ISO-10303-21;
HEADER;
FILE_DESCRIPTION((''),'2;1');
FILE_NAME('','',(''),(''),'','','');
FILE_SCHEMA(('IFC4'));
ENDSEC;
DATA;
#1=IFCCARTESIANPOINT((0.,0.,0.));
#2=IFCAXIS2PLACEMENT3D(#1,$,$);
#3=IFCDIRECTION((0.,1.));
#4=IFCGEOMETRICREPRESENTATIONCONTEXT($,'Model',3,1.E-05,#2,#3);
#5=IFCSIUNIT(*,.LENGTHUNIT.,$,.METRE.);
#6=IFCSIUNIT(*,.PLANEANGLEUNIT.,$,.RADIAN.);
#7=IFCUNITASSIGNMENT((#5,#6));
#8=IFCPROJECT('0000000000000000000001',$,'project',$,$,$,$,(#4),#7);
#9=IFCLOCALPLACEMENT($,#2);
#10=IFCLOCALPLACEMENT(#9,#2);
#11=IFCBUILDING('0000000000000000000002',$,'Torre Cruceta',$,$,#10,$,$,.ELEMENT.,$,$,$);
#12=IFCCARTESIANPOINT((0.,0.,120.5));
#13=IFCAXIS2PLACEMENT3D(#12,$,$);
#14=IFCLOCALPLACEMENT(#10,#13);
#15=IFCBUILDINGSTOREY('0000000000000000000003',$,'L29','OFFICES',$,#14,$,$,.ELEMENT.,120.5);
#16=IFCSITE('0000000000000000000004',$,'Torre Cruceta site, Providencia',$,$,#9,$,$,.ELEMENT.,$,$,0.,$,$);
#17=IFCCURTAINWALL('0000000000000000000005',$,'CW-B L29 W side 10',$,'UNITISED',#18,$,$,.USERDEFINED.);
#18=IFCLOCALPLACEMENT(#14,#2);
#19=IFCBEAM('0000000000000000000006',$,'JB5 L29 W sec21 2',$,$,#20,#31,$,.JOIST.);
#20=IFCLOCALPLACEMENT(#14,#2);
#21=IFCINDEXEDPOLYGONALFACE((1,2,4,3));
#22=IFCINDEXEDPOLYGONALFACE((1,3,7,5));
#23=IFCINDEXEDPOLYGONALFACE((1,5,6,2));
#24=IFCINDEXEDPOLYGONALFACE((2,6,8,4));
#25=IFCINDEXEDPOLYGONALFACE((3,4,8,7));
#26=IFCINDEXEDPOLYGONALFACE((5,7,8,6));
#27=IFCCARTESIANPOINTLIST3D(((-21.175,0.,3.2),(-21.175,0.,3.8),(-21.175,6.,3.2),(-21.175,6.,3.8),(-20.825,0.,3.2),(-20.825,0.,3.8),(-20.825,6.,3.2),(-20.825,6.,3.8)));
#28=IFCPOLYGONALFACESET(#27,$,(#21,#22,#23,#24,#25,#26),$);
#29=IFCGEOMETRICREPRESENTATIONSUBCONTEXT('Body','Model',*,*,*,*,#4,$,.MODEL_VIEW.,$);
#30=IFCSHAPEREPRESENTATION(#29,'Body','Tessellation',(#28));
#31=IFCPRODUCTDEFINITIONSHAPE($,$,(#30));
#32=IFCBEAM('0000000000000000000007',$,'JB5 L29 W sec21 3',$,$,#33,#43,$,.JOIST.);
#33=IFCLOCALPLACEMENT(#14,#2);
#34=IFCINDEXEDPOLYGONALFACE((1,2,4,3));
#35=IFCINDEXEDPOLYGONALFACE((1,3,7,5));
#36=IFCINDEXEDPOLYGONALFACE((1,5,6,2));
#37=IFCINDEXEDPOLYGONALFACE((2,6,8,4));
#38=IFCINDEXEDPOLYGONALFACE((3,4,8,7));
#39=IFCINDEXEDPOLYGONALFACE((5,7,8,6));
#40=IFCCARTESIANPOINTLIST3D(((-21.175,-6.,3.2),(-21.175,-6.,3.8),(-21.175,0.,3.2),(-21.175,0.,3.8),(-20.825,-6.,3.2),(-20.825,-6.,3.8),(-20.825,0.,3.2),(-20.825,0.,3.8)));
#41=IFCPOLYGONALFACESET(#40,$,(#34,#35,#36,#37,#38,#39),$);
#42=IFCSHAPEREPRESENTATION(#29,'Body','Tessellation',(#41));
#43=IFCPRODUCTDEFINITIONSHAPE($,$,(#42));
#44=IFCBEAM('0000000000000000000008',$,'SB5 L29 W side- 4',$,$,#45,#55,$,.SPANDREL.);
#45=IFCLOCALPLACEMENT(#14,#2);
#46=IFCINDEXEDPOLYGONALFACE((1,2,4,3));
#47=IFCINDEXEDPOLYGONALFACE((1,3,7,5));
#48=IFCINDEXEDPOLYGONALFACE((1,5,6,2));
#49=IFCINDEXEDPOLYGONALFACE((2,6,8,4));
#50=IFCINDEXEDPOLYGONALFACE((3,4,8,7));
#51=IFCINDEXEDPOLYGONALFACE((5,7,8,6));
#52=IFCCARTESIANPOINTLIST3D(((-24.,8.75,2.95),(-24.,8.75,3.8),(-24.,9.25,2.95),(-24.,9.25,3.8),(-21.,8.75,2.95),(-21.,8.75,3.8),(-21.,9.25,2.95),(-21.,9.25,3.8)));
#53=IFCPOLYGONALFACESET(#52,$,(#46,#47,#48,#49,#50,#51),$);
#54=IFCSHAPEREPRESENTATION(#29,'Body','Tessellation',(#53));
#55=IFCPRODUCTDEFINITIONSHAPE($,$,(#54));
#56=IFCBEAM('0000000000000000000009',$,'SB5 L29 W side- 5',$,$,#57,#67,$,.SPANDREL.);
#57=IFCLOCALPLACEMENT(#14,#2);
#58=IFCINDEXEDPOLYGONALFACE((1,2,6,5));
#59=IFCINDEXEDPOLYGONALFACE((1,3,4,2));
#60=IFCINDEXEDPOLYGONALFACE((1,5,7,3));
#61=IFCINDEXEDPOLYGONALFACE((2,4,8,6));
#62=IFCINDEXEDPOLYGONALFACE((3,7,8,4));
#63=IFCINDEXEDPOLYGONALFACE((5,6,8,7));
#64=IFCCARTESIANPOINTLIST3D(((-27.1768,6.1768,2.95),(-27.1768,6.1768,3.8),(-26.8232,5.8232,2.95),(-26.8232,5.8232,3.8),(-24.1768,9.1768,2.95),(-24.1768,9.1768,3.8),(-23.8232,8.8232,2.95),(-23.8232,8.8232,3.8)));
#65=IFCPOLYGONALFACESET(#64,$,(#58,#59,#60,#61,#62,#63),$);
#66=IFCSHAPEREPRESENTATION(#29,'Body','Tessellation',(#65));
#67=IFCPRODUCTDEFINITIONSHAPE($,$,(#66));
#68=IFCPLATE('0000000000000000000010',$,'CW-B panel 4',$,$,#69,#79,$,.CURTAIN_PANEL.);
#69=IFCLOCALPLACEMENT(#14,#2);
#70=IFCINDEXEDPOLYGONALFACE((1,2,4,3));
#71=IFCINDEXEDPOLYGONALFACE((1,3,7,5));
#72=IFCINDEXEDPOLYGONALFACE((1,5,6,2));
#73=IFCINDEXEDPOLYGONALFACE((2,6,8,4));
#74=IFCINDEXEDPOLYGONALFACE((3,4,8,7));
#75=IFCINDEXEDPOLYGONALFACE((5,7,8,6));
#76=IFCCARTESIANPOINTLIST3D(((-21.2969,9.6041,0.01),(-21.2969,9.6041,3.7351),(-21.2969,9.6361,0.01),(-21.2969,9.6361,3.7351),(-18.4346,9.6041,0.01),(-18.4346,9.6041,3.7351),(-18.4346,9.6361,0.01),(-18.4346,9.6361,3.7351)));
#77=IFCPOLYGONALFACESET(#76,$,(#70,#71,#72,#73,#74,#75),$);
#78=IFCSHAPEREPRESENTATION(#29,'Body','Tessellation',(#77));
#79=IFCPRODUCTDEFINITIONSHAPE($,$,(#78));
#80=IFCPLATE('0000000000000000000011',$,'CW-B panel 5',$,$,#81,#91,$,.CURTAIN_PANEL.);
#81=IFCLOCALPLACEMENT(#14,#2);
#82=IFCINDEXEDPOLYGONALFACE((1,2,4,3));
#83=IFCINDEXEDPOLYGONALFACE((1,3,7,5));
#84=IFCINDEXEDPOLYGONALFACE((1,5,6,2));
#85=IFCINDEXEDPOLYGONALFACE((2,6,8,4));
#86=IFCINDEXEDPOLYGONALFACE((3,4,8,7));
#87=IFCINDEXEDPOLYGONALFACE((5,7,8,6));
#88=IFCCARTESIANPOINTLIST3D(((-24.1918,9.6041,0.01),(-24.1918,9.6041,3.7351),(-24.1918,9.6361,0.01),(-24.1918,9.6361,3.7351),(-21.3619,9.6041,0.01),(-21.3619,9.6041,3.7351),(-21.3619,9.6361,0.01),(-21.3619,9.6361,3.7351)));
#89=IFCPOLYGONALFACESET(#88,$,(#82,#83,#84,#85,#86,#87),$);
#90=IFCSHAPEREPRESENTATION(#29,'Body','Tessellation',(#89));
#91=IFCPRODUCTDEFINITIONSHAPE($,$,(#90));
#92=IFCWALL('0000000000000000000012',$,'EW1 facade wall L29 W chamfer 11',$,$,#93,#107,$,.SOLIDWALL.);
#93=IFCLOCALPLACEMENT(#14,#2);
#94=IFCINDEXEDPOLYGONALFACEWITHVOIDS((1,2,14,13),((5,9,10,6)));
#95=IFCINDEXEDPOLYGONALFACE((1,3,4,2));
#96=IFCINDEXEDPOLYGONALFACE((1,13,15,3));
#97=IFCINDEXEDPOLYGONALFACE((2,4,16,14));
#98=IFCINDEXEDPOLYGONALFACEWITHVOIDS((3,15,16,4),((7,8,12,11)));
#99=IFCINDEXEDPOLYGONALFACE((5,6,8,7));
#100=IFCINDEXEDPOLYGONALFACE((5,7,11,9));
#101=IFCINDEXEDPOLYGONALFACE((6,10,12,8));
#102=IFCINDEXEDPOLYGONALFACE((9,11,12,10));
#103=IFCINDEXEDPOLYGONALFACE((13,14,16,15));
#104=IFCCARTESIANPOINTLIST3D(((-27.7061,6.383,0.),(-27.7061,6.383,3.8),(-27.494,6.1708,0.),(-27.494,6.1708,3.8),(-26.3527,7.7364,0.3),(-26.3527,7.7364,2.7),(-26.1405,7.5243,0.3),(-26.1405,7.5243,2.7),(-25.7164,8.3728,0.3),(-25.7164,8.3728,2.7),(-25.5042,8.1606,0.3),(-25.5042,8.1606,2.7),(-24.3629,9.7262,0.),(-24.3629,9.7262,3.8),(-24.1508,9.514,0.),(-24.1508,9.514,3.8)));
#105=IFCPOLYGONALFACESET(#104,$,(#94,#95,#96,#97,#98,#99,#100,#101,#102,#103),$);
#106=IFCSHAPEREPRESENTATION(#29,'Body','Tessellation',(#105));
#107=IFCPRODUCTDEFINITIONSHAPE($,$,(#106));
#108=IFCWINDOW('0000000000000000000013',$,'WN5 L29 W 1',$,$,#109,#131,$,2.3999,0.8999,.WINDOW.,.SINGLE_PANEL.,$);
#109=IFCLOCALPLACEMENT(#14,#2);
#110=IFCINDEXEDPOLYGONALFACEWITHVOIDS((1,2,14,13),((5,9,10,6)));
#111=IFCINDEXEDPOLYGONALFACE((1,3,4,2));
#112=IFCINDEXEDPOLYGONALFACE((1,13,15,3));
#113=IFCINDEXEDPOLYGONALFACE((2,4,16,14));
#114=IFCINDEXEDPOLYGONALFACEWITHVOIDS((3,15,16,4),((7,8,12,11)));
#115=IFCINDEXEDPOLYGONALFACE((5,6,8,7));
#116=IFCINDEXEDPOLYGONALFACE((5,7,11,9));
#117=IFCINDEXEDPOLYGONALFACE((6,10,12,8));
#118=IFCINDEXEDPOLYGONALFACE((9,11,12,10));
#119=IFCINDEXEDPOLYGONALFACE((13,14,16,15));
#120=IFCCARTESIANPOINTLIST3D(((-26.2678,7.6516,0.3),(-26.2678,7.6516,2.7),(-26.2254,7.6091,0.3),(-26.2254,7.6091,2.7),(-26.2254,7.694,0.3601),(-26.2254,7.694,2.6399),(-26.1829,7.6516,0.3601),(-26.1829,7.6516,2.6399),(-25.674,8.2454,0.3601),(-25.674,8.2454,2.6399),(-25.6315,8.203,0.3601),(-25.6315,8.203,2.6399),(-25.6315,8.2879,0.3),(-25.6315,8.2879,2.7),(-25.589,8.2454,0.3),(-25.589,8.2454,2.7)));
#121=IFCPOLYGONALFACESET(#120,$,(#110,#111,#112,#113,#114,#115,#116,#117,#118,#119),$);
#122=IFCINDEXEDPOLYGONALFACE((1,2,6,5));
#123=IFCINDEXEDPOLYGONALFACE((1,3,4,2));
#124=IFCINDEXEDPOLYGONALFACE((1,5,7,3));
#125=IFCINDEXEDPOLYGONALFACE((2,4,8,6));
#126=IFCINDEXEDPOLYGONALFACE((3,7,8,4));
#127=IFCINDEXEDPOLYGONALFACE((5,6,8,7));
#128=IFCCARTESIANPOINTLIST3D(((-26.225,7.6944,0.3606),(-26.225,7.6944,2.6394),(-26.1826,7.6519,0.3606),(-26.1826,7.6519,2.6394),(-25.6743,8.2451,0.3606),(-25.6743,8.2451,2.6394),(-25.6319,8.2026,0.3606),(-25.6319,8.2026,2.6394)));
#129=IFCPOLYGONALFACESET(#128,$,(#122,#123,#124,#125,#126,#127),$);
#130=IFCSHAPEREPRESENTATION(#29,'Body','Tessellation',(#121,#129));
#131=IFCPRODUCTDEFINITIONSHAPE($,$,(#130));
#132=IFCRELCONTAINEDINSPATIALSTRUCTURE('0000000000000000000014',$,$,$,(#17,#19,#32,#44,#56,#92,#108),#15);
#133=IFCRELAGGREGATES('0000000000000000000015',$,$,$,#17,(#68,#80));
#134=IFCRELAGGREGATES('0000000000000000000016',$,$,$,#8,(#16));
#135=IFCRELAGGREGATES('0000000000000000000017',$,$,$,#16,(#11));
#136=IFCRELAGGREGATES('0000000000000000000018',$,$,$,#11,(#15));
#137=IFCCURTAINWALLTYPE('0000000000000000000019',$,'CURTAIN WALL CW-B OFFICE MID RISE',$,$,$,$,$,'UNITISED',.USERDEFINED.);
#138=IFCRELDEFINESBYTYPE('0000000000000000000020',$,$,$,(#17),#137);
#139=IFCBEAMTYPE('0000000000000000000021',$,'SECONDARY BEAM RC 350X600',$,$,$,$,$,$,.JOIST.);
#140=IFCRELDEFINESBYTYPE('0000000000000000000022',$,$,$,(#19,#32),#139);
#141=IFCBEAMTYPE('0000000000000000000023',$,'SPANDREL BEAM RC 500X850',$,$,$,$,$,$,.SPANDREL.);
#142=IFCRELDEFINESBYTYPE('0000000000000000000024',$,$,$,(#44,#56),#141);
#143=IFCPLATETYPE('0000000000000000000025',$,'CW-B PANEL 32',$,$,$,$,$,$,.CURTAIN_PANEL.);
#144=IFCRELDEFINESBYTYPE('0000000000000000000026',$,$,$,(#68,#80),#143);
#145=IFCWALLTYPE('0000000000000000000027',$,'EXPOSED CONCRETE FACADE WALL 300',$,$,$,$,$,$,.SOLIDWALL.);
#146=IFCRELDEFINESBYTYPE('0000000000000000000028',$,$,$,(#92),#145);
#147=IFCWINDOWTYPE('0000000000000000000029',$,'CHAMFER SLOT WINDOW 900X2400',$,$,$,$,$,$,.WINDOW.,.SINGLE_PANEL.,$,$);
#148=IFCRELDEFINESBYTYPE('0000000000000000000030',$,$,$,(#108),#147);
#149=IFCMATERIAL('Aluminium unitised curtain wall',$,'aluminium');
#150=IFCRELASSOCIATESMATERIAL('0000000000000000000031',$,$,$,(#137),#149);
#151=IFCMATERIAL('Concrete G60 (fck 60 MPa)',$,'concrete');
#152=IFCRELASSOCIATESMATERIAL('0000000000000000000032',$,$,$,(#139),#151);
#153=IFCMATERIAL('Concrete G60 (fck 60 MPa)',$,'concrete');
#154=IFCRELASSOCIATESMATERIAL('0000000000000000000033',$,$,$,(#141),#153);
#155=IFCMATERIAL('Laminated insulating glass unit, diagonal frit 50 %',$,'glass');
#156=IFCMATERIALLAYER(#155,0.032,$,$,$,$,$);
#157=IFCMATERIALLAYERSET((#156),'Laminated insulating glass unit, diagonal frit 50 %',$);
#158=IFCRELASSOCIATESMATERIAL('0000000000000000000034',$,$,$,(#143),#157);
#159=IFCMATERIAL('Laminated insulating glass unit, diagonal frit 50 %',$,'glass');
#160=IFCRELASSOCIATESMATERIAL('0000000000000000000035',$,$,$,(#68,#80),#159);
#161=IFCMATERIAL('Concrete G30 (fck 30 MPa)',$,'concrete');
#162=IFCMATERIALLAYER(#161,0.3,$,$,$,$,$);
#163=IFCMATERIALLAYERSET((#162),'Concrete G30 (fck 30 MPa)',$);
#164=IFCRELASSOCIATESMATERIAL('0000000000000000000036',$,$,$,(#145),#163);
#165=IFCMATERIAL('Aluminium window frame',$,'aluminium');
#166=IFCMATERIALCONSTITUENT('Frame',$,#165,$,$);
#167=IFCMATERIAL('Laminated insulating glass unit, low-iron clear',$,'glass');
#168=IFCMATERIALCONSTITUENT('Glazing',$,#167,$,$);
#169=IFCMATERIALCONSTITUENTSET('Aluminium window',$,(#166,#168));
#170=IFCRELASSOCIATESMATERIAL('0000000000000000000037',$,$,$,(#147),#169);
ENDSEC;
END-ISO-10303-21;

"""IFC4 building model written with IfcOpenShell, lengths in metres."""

from ifc_helpers import new_model, si_unit, direction, frame, frame_2d, origin, origin_2d, place, context, subcontext, project, spatial, rectangle, hollow_rectangle, extrude, material, layer, layer_set, constituent, constituent_set, material_profile, profile_set, type_object, element, fill, aggregate, save


model = new_model("IFC4")

# Units and contexts
model_context = context("Model", 3, precision=1e-05, world=origin(), true_north=direction((0.0, 1.0)))
body_context = subcontext(model_context, "Body", "Model", "MODEL_VIEW")
ifc_project = project(units=[si_unit("LENGTHUNIT", "METRE"), si_unit("PLANEANGLEUNIT", "RADIAN")], contexts=[model_context])

# Site, building, storey
site_placement = place(None, origin())
site = spatial("IfcSite", under=ifc_project, at=site_placement, Name="Torre Cruceta site, Providencia", CompositionType="ELEMENT", RefElevation=0.0)
building_placement = place(site_placement, origin())
building = spatial("IfcBuilding", under=site, at=building_placement, Name="Torre Cruceta", CompositionType="ELEMENT")
storey_placement = place(building_placement, frame((0.0, 0.0, 120.5)))
storey = spatial("IfcBuildingStorey", under=building, at=storey_placement, Name="L29", Description="OFFICES", CompositionType="ELEMENT", Elevation=120.5)

# Curtain wall
ifc_material_1 = material(Name="Aluminium unitised curtain wall", Category="aluminium")
curtain_wall_type = type_object("IfcCurtainWallType", Name="CURTAIN WALL CW-B OFFICE MID RISE", ElementType="UNITISED", PredefinedType="USERDEFINED", material=ifc_material_1)
curtain_wall_placement = place(storey_placement, origin())
curtain_wall = element("IfcCurtainWall", 1, at=curtain_wall_placement, inside=storey, type_object=curtain_wall_type, Name="CW-B L29 W side 10", ObjectType="UNITISED", PredefinedType="USERDEFINED")

# Beams
ifc_material_2 = material(Name="Concrete G60 (fck 60 MPa)", Category="concrete")
ifc_material_profile_1 = material_profile(ifc_material_2, rectangle(XDim=0.3501, YDim=0.6001, at=origin_2d()), Name="RC 350X600")
ifc_profile_set_1 = profile_set([ifc_material_profile_1], Name="Concrete G60 (fck 60 MPa)")
beam_type_1 = type_object("IfcBeamType", Name="SECONDARY BEAM RC 350X600", PredefinedType="JOIST", material=ifc_profile_set_1)
for number, where, z_axis, x_axis, name in (
    (2, (-21.0, 6.0, 3.5), (0.0, -1.0, 0.0), (1.0, 0.0, 0.0), "JB5 L29 W sec21 2"),
    (3, (-21.0, 0.0, 3.5), (0.0, -1.0, 0.0), (1.0, 0.0, 0.0), "JB5 L29 W sec21 3"),
):
    element("IfcBeam", number, at=place(storey_placement, frame(where, z_axis=z_axis, x_axis=x_axis)), inside=storey, type_object=beam_type_1, Name=name, PredefinedType="JOIST", context=body_context, shape_type="SweptSolid", body=[
        extrude(rectangle(XDim=0.3501, YDim=0.6001, at=origin_2d()), origin(), (0.0, 0.0, 1.0), 6.0),
    ])
ifc_material_3 = material(Name="Concrete G60 (fck 60 MPa)", Category="concrete")
ifc_material_profile_2 = material_profile(ifc_material_3, rectangle(XDim=0.5, YDim=0.8501, at=origin_2d()), Name="RC 500X850")
ifc_profile_set_2 = profile_set([ifc_material_profile_2], Name="Concrete G60 (fck 60 MPa)")
beam_type_2 = type_object("IfcBeamType", Name="SPANDREL BEAM RC 500X850", PredefinedType="SPANDREL", material=ifc_profile_set_2)
beam_1_placement = place(storey_placement, frame((-21.0, 9.0, 3.375), z_axis=(-1.0, 0.0, 0.0), x_axis=(0.0, -1.0, 0.0)))
element("IfcBeam", 4, at=beam_1_placement, inside=storey, type_object=beam_type_2, Name="SB5 L29 W side- 4", PredefinedType="SPANDREL", context=body_context, shape_type="SweptSolid", body=[
    extrude(rectangle(XDim=0.5, YDim=0.8501, at=origin_2d()), origin(), (0.0, 0.0, 1.0), 3.0),
])
beam_2_placement = place(storey_placement, frame((-24.0, 9.0, 3.375), z_axis=(-0.707107, -0.707107, 0.0), x_axis=(0.707107, -0.707107, 0.0)))
element("IfcBeam", 5, at=beam_2_placement, inside=storey, type_object=beam_type_2, Name="SB5 L29 W side- 5", PredefinedType="SPANDREL", context=body_context, shape_type="SweptSolid", body=[
    extrude(rectangle(XDim=0.5, YDim=0.8501, at=origin_2d()), origin(), (0.0, 0.0, 1.0), 4.2427),
])

# Plates
ifc_material_4 = material(Name="Laminated insulating glass unit, diagonal frit 50 %", Category="glass")
ifc_material_5 = material(Name="Laminated insulating glass unit, diagonal frit 50 %", Category="glass")
ifc_layer_1 = layer(ifc_material_5, 0.032)
ifc_layer_set_1 = layer_set([ifc_layer_1], Name="Laminated insulating glass unit, diagonal frit 50 %")
plate_type = type_object("IfcPlateType", Name="CW-B PANEL 32", PredefinedType="CURTAIN_PANEL", material=ifc_layer_set_1)
plate_1_placement = place(storey_placement, frame((-19.8657, 9.6201, 0.01), z_axis=(0.0, 0.0, 1.0), x_axis=(-1.0, 0.0, 0.0)))
plate_1 = element("IfcPlate", 6, at=plate_1_placement, type_object=plate_type, material=ifc_material_4, Name="CW-B panel 4", PredefinedType="CURTAIN_PANEL", context=body_context, shape_type="SweptSolid", body=[
    extrude(rectangle(XDim=2.8623, YDim=0.032, at=origin_2d()), origin(), (0.0, 0.0, 1.0), 3.7251),
])
plate_2_placement = place(storey_placement, frame((-22.7769, 9.6201, 0.01), z_axis=(0.0, 0.0, 1.0), x_axis=(-1.0, 0.0, 0.0)))
plate_2 = element("IfcPlate", 7, at=plate_2_placement, type_object=plate_type, material=ifc_material_4, Name="CW-B panel 5", PredefinedType="CURTAIN_PANEL", context=body_context, shape_type="SweptSolid", body=[
    extrude(rectangle(XDim=2.8298, YDim=0.032, at=origin_2d()), origin(), (0.0, 0.0, 1.0), 3.7251),
])
aggregate(curtain_wall, [plate_1, plate_2])

# Wall, opening, window
ifc_material_6 = material(Name="Concrete G30 (fck 30 MPa)", Category="concrete")
ifc_layer_2 = layer(ifc_material_6, 0.3)
ifc_layer_set_2 = layer_set([ifc_layer_2], Name="Concrete G30 (fck 30 MPa)")
wall_type_1 = type_object("IfcWallType", Name="EXPOSED CONCRETE FACADE WALL 300", PredefinedType="SOLIDWALL", material=ifc_layer_set_2)
wall_1_placement = place(storey_placement, frame((-24.2568, 9.6201, 0.0), z_axis=(0.0, 0.0, 1.0), x_axis=(-0.707107, -0.707107, 0.0)))
wall_1 = element("IfcWall", 8, at=wall_1_placement, inside=storey, type_object=wall_type_1, Name="EW1 facade wall L29 W chamfer 11", PredefinedType="SOLIDWALL", context=body_context, shape_type="SweptSolid", body=[
    extrude(rectangle(XDim=4.728, YDim=0.3, at=frame_2d((2.364, 0.0))), origin(), (0.0, 0.0, 1.0), 3.8),
])
opening_1_placement = place(wall_1_placement, frame((1.9141, 0.0, 0.3)))
opening_1 = element("IfcOpeningElement", 9, at=opening_1_placement, cuts=wall_1, PredefinedType="OPENING", context=body_context, shape_type="SweptSolid", body=[
    extrude(rectangle(XDim=0.8999, YDim=2.3999, at=frame_2d((0.45, 1.2))), frame((0.0, 0.1599, 0.0), z_axis=(0.0, -1.0, 0.0), x_axis=(1.0, 0.0, 0.0)), (0.0, 0.0, 1.0), 0.3201),
])
ifc_material_7 = material(Name="Aluminium window frame", Category="aluminium")
ifc_constituent_1 = constituent(ifc_material_7, Name="Frame")
ifc_material_8 = material(Name="Laminated insulating glass unit, low-iron clear", Category="glass")
ifc_constituent_2 = constituent(ifc_material_8, Name="Glazing")
ifc_constituent_set_1 = constituent_set(constituents=[ifc_constituent_1, ifc_constituent_2], Name="Aluminium window")
window_type_1 = type_object("IfcWindowType", Name="CHAMFER SLOT WINDOW 900X2400", PartitioningType="SINGLE_PANEL", PredefinedType="WINDOW", material=ifc_constituent_set_1)
window_1_placement = place(opening_1_placement, origin())
window_1 = element("IfcWindow", 10, at=window_1_placement, inside=storey, type_object=window_type_1, Name="WN5 L29 W 1", OverallHeight=2.3999, OverallWidth=0.8999, PartitioningType="SINGLE_PANEL", PredefinedType="WINDOW", context=body_context, shape_type="SweptSolid", body=[
    extrude(hollow_rectangle(XDim=0.8999, YDim=2.3999, WallThickness=0.0601, at=frame_2d((0.45, 1.2))), frame((0.0, 0.03, 0.0), z_axis=(0.0, -1.0, 0.0), x_axis=(1.0, 0.0, 0.0)), (0.0, 0.0, 1.0), 0.0601),
    extrude(rectangle(XDim=0.7788, YDim=2.2788, at=frame_2d((0.45, 1.2))), frame((0.0, 0.03, 0.0), z_axis=(0.0, -1.0, 0.0), x_axis=(1.0, 0.0, 0.0)), (0.0, 0.0, 1.0), 0.0601),
])
fill(opening_1, window_1)

save(model, "model.ifc")
